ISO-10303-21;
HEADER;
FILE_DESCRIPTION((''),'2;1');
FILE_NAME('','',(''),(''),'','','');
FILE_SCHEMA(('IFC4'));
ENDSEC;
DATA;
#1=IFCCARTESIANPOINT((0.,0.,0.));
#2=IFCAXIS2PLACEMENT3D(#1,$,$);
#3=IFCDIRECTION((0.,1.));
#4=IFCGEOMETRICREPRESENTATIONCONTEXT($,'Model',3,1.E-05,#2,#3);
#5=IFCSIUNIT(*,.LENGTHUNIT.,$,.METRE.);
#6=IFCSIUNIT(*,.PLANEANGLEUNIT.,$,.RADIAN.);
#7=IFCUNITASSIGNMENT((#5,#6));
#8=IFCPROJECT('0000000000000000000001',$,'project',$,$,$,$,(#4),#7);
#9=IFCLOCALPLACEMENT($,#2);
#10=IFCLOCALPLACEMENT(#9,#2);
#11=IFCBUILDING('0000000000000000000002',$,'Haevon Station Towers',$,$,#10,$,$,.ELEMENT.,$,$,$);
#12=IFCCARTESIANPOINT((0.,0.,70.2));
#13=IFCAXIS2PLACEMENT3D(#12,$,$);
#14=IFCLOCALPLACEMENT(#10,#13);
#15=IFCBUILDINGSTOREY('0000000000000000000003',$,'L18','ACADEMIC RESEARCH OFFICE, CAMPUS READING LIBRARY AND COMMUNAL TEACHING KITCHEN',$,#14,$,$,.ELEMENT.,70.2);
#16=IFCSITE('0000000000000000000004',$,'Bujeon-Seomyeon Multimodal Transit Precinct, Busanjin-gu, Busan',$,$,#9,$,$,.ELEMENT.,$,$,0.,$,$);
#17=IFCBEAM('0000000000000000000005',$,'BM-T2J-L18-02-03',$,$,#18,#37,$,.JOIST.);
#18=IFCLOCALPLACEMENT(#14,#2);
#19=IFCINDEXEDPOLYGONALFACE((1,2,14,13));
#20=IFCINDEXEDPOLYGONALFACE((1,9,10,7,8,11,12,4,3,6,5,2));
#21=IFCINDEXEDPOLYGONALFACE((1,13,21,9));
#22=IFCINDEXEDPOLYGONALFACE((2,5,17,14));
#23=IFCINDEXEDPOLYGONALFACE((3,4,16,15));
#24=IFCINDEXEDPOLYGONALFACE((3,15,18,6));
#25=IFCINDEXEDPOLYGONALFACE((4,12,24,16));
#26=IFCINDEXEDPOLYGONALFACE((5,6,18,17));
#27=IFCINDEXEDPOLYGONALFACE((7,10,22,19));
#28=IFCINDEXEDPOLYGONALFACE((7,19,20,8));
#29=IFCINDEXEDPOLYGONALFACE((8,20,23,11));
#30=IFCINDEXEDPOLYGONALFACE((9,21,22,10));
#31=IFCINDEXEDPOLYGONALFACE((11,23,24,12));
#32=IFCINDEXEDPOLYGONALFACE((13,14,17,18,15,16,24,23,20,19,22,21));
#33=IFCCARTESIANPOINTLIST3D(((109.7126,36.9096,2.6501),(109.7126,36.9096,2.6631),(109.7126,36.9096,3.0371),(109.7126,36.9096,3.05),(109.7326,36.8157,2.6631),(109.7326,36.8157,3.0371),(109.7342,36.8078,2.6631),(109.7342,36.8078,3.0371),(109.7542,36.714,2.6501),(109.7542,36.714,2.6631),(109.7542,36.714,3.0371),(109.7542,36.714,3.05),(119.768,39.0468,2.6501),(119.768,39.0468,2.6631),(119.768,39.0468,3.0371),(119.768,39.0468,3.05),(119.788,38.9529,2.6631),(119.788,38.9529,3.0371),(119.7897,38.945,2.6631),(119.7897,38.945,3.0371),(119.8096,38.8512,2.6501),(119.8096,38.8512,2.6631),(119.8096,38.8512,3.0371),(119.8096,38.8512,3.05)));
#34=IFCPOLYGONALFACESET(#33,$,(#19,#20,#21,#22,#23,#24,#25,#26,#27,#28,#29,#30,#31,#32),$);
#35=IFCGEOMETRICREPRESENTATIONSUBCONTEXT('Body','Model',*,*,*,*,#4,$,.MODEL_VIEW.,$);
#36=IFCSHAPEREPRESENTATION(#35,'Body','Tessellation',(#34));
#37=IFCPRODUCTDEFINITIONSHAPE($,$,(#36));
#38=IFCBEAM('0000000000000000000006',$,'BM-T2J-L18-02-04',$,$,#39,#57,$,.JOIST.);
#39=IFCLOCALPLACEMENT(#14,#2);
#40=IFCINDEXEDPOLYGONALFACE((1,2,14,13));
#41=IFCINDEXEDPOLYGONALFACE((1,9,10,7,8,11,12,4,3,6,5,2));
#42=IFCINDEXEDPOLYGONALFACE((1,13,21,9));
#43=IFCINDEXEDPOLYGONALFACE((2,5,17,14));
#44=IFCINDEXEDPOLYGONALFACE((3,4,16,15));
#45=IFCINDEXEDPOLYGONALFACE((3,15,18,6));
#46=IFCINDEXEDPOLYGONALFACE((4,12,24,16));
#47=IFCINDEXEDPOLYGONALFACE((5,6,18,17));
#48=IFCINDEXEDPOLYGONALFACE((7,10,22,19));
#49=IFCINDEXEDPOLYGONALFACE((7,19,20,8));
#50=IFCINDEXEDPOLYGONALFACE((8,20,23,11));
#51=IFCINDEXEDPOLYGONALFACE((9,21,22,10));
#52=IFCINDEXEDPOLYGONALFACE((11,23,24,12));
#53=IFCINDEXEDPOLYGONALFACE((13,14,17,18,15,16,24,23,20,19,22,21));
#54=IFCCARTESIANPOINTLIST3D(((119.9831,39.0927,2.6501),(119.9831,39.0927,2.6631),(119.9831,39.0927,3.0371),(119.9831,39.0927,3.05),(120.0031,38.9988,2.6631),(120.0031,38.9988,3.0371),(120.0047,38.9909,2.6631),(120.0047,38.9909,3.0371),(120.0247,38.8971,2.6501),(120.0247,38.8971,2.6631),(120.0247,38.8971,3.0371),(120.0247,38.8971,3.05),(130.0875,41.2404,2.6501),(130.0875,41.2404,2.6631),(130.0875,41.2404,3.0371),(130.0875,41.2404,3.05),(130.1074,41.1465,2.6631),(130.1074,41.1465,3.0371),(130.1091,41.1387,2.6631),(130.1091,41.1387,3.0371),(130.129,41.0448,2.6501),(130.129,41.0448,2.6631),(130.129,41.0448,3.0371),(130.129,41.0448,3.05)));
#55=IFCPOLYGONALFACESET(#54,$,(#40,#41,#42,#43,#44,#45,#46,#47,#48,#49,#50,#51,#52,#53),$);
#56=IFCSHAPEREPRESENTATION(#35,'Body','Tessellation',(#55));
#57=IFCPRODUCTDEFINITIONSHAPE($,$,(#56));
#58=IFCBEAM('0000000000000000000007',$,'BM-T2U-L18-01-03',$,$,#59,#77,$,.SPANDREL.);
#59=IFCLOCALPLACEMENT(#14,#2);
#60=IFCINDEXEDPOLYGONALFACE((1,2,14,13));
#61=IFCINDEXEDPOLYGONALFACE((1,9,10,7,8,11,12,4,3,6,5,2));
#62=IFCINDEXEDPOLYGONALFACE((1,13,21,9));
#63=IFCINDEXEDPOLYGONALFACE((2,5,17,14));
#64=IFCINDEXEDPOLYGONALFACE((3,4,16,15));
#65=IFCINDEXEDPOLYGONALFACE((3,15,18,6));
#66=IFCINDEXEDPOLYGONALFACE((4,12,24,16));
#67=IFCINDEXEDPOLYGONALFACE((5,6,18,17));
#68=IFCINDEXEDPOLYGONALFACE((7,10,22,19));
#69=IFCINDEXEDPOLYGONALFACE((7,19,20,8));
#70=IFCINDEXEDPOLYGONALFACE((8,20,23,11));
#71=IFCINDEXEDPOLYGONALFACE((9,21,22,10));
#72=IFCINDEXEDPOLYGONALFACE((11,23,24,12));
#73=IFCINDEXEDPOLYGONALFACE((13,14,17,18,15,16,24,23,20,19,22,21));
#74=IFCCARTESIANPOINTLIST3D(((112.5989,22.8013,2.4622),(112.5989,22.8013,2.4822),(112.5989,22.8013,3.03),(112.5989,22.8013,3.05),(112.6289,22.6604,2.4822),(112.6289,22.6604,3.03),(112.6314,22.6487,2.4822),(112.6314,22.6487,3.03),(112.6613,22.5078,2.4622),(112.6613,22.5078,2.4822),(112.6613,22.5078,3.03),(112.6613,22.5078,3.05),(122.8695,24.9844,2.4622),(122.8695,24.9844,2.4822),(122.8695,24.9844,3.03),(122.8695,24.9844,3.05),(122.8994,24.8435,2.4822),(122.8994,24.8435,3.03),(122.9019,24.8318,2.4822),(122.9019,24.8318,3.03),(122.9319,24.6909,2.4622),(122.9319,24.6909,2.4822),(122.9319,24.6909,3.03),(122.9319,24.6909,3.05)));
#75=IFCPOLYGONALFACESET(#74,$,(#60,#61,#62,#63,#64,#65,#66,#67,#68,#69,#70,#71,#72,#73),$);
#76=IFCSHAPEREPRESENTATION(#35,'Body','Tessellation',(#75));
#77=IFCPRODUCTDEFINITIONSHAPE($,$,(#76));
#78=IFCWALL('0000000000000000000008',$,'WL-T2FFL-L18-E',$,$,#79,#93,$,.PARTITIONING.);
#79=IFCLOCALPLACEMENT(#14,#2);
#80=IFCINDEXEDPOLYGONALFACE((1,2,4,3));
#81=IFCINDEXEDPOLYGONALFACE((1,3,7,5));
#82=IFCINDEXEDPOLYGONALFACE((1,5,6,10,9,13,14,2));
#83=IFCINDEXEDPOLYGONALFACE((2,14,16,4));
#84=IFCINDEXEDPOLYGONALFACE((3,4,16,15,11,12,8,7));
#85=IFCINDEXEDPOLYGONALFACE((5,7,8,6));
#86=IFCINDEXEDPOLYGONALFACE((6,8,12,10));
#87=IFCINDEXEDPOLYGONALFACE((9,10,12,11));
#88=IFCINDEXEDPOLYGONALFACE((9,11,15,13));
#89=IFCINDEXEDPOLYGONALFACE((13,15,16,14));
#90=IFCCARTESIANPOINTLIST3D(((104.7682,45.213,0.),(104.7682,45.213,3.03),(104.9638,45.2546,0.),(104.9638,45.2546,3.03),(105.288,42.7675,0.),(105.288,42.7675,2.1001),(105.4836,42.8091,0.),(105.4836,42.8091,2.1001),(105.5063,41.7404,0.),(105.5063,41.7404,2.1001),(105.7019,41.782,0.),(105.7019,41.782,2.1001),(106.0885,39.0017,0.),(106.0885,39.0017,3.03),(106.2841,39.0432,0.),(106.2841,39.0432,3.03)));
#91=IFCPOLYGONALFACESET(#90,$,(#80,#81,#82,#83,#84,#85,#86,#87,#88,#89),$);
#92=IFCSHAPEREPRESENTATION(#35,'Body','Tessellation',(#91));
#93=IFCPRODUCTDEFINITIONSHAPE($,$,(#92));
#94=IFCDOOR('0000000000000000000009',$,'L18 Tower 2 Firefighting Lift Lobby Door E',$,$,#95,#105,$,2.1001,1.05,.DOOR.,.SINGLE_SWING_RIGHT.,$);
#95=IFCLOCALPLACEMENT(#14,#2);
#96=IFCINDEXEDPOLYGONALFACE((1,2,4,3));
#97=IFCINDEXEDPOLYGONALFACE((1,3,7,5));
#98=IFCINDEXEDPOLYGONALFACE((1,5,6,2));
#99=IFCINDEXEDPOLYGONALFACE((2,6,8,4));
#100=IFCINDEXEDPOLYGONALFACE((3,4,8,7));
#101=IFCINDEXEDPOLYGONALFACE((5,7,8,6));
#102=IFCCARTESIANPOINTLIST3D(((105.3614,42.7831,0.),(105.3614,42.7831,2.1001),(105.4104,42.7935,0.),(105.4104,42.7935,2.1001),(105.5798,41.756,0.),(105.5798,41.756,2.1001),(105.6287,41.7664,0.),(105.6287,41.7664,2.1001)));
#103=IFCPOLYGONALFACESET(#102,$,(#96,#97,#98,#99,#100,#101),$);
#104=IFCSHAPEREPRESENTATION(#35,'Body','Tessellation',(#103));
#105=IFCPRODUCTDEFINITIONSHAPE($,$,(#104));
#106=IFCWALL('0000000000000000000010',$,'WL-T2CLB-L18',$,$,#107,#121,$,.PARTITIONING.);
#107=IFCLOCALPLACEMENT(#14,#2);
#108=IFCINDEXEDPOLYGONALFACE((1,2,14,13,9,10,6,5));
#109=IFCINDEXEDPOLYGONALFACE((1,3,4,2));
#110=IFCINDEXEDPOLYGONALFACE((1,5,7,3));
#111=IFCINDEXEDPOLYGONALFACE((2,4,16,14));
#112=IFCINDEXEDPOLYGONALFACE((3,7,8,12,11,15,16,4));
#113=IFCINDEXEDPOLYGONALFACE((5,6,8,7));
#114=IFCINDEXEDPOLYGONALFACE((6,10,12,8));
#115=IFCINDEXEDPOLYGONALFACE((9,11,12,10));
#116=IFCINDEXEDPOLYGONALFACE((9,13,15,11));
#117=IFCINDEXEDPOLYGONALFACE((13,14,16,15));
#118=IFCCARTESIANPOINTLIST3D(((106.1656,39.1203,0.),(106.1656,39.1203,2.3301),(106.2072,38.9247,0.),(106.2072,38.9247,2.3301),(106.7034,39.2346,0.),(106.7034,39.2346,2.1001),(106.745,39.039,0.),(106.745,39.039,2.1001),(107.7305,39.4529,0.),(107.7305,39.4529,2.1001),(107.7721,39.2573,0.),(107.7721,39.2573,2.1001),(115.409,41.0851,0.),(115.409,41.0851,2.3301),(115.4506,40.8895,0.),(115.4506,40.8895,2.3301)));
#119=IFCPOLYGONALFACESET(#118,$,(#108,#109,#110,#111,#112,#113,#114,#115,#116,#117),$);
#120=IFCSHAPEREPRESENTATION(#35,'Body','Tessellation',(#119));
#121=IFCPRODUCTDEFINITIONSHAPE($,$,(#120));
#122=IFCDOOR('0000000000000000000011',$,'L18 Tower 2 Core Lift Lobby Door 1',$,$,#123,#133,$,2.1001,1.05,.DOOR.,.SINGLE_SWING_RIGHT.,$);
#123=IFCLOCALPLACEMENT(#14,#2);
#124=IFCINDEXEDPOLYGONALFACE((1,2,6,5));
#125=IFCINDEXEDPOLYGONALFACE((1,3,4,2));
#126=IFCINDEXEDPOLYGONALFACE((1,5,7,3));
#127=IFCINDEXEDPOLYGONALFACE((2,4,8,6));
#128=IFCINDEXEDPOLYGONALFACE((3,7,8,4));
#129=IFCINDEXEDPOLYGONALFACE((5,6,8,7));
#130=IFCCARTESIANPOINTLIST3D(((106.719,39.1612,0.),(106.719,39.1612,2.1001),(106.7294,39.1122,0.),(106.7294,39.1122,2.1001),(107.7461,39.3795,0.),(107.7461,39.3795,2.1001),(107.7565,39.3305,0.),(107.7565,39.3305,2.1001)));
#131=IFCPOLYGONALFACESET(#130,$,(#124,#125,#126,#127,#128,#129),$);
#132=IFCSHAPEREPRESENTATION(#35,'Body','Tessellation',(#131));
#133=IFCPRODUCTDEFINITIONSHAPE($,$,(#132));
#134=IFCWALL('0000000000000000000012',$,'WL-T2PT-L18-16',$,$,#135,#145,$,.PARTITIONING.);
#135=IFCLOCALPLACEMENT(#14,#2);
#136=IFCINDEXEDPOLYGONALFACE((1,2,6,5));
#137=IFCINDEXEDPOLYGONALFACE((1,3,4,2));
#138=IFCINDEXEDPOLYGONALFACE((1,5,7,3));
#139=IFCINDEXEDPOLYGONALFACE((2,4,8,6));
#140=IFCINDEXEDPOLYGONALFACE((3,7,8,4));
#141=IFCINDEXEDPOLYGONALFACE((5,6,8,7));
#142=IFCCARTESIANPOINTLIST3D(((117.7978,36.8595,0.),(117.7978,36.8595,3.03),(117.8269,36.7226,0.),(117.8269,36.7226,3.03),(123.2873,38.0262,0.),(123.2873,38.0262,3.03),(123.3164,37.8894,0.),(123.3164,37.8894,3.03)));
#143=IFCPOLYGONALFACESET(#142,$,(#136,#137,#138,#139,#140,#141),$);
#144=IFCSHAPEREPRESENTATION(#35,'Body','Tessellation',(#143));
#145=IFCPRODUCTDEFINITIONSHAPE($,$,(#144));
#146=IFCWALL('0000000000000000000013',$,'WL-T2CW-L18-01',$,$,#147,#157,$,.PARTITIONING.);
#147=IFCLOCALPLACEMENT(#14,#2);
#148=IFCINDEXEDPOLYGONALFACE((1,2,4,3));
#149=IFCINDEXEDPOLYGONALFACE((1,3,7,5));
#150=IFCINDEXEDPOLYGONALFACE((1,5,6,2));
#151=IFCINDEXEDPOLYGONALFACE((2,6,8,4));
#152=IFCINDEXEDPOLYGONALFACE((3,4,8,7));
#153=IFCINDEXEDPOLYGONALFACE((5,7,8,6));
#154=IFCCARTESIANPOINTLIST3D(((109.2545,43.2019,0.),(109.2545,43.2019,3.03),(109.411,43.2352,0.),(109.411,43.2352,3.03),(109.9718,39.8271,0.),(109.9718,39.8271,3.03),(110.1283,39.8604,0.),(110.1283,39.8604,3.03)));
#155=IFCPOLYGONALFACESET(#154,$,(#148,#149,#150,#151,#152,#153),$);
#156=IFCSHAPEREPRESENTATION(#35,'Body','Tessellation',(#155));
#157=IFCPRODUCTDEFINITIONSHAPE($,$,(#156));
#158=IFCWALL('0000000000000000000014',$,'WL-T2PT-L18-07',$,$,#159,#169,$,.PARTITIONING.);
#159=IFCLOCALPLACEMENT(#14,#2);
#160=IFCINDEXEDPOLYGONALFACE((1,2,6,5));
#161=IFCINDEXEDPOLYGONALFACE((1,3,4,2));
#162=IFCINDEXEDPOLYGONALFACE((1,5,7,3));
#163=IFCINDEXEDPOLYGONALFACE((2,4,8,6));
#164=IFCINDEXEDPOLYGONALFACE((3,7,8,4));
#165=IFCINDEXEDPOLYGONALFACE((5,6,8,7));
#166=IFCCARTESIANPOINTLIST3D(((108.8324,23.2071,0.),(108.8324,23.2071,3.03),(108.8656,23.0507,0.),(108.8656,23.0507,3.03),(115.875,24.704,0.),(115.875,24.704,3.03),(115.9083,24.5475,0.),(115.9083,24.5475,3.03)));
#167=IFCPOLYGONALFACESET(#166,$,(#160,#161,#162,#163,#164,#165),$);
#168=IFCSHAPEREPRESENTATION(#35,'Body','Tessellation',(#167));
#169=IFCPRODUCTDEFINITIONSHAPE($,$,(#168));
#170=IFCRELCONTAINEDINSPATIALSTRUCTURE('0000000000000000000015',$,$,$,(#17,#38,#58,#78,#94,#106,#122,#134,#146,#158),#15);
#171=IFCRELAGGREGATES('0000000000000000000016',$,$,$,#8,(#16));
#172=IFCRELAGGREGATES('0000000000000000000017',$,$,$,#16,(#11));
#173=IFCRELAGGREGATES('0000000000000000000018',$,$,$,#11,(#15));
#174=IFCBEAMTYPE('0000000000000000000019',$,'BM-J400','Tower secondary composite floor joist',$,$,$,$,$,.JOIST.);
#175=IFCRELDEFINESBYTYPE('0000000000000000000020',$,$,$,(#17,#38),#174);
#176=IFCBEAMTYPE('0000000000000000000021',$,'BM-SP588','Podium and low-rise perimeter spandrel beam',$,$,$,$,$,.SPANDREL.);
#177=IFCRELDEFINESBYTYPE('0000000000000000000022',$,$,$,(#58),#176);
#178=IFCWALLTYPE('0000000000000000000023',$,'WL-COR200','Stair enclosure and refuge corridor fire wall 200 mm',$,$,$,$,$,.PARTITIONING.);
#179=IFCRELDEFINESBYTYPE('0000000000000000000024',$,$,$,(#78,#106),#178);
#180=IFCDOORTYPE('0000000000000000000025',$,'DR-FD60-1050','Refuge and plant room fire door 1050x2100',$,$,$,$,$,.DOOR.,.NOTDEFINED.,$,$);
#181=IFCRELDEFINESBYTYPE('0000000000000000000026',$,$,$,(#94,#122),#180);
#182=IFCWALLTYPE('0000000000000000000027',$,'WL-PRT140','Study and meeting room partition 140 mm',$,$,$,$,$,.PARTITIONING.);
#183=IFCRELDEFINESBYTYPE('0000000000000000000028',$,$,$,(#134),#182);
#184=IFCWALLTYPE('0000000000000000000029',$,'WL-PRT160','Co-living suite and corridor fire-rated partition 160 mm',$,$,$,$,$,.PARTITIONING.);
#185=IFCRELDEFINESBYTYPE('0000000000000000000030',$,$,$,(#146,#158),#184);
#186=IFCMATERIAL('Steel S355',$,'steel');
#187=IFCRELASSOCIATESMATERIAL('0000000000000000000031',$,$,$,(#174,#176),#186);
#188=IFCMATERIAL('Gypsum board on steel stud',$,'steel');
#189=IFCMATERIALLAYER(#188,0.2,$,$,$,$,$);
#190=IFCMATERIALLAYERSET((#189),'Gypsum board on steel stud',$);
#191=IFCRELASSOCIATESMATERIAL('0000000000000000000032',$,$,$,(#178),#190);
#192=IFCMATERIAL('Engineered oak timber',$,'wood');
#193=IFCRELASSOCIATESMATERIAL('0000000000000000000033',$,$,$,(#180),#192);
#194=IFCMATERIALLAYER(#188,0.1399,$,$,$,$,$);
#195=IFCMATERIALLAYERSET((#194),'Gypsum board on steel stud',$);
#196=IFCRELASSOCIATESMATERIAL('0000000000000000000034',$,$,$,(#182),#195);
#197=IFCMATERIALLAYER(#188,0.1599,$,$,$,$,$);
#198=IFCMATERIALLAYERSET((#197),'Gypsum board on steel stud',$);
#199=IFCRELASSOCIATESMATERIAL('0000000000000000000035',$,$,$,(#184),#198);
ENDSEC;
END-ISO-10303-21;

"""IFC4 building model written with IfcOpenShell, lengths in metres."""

from ifc_helpers import new_model, si_unit, direction, frame, frame_2d, origin, origin_2d, place, context, subcontext, project, spatial, rectangle, i_section, extrude, material, layer, layer_set, material_profile, profile_set, type_object, element, fill, save


model = new_model("IFC4")

# Units and contexts
model_context = context("Model", 3, precision=1e-05, world=origin(), true_north=direction((0.0, 1.0)))
body_context = subcontext(model_context, "Body", "Model", "MODEL_VIEW")
ifc_project = project(units=[si_unit("LENGTHUNIT", "METRE"), si_unit("PLANEANGLEUNIT", "RADIAN")], contexts=[model_context])

# Site, building, storey
site_placement = place(None, origin())
site = spatial("IfcSite", under=ifc_project, at=site_placement, Name="Bujeon-Seomyeon Multimodal Transit Precinct, Busanjin-gu, Busan", CompositionType="ELEMENT", RefElevation=0.0)
building_placement = place(site_placement, origin())
building = spatial("IfcBuilding", under=site, at=building_placement, Name="Haevon Station Towers", CompositionType="ELEMENT")
storey_placement = place(building_placement, frame((0.0, 0.0, 70.2)))
storey = spatial("IfcBuildingStorey", under=building, at=storey_placement, Name="L18", Description="ACADEMIC RESEARCH OFFICE, CAMPUS READING LIBRARY AND COMMUNAL TEACHING KITCHEN", CompositionType="ELEMENT", Elevation=70.2)

# Beams
ifc_material_1 = material(Name="Steel S355", Category="steel")
ifc_material_profile_1 = material_profile(ifc_material_1, i_section(OverallWidth=0.2, OverallDepth=0.3999, WebThickness=0.0081, FlangeThickness=0.0129, at=origin_2d()), Name="H-400x200x8x13")
ifc_profile_set_1 = profile_set([ifc_material_profile_1], Name="Steel S355")
beam_type_1 = type_object("IfcBeamType", Name="BM-J400", Description="Tower secondary composite floor joist", PredefinedType="JOIST", material=ifc_profile_set_1)
for number, where, z_axis, x_axis, name in (
    (1, (109.7334, 36.8118, 2.8501), (0.97815, 0.207899, 0.0), (-0.207899, 0.97815, 0.0), "BM-T2J-L18-02-03"),
):
    element("IfcBeam", number, at=place(storey_placement, frame(where, z_axis=z_axis, x_axis=x_axis)), inside=storey, type_object=beam_type_1, Name=name, PredefinedType="JOIST", context=body_context, shape_type="SweptSolid", body=[
        extrude(i_section(OverallWidth=0.2, OverallDepth=0.3999, WebThickness=0.0081, FlangeThickness=0.0129, at=origin_2d()), origin(), (0.0, 0.0, 1.0), 10.28),
    ])
beam_1_placement = place(storey_placement, frame((120.0039, 38.9949, 2.8501), z_axis=(0.978148, 0.20791, 0.0), x_axis=(-0.20791, 0.978148, 0.0)))
element("IfcBeam", 2, at=beam_1_placement, inside=storey, type_object=beam_type_1, Name="BM-T2J-L18-02-04", PredefinedType="JOIST", context=body_context, shape_type="SweptSolid", body=[
    extrude(i_section(OverallWidth=0.2, OverallDepth=0.3999, WebThickness=0.0081, FlangeThickness=0.0129, at=origin_2d()), origin(), (0.0, 0.0, 1.0), 10.3301),
])
ifc_material_profile_2 = material_profile(ifc_material_1, i_section(OverallWidth=0.3, OverallDepth=0.5879, WebThickness=0.012, FlangeThickness=0.02, at=origin_2d()), Name="H-588x300x12x20")
ifc_profile_set_2 = profile_set([ifc_material_profile_2], Name="Steel S355")
beam_type_2 = type_object("IfcBeamType", Name="BM-SP588", Description="Podium and low-rise perimeter spandrel beam", PredefinedType="SPANDREL", material=ifc_profile_set_2)
beam_2_placement = place(storey_placement, frame((112.6301, 22.6545, 2.7561), z_axis=(0.978147, 0.207915, 0.0), x_axis=(-0.207915, 0.978147, 0.0)))
element("IfcBeam", 3, at=beam_2_placement, inside=storey, type_object=beam_type_2, Name="BM-T2U-L18-01-03", PredefinedType="SPANDREL", context=body_context, shape_type="SweptSolid", body=[
    extrude(i_section(OverallWidth=0.3, OverallDepth=0.5879, WebThickness=0.012, FlangeThickness=0.02, at=origin_2d()), origin(), (0.0, 0.0, 1.0), 10.5),
])

# Walls, openings, doors
ifc_material_2 = material(Name="Gypsum board on steel stud", Category="steel")
ifc_layer_1 = layer(ifc_material_2, 0.2)
ifc_layer_set_1 = layer_set([ifc_layer_1], Name="Gypsum board on steel stud")
wall_type_1 = type_object("IfcWallType", Name="WL-COR200", Description="Stair enclosure and refuge corridor fire wall 200 mm", PredefinedType="PARTITIONING", material=ifc_layer_set_1)
wall_1_placement = place(storey_placement, frame((106.1863, 39.0225, 0.0), z_axis=(0.0, 0.0, 1.0), x_axis=(-0.207917, 0.978147, 0.0)))
wall_1 = element("IfcWall", 4, at=wall_1_placement, inside=storey, type_object=wall_type_1, Name="WL-T2FFL-L18-E", PredefinedType="PARTITIONING", context=body_context, shape_type="SweptSolid", body=[
    extrude(rectangle(XDim=6.3501, YDim=0.2, at=frame_2d((3.175, 0.0))), origin(), (0.0, 0.0, 1.0), 3.03),
])
opening_1_placement = place(wall_1_placement, frame((2.8, 0.0, 0.0)))
opening_1 = element("IfcOpeningElement", 5, at=opening_1_placement, cuts=wall_1, PredefinedType="OPENING", context=body_context, shape_type="SweptSolid", body=[
    extrude(rectangle(XDim=1.05, YDim=2.1001, at=frame_2d((0.5249, 1.05))), frame((0.0, 0.1099, 0.0), z_axis=(0.0, -1.0, 0.0), x_axis=(1.0, 0.0, 0.0)), (0.0, 0.0, 1.0), 0.22),
])
ifc_material_3 = material(Name="Engineered oak timber", Category="wood")
door_type = type_object("IfcDoorType", Name="DR-FD60-1050", Description="Refuge and plant room fire door 1050x2100", OperationType="NOTDEFINED", PredefinedType="DOOR", material=ifc_material_3)
door_1_placement = place(opening_1_placement, origin())
door_1 = element("IfcDoor", 6, at=door_1_placement, inside=storey, type_object=door_type, Name="L18 Tower 2 Firefighting Lift Lobby Door E", OperationType="SINGLE_SWING_RIGHT", OverallHeight=2.1001, OverallWidth=1.05, PredefinedType="DOOR", context=body_context, shape_type="SweptSolid", body=[
    extrude(rectangle(XDim=1.05, YDim=2.1001, at=frame_2d((0.5249, 1.05))), frame((0.0, 0.0249, 0.0), z_axis=(0.0, -1.0, 0.0), x_axis=(1.0, 0.0, 0.0)), (0.0, 0.0, 1.0), 0.05),
])
fill(opening_1, door_1)
wall_2_placement = place(storey_placement, frame((106.1863, 39.0225, 0.0), z_axis=(0.0, 0.0, 1.0), x_axis=(0.978146, 0.207921, 0.0)))
wall_2 = element("IfcWall", 7, at=wall_2_placement, inside=storey, type_object=wall_type_1, Name="WL-T2CLB-L18", PredefinedType="PARTITIONING", context=body_context, shape_type="SweptSolid", body=[
    extrude(rectangle(XDim=9.45, YDim=0.2, at=frame_2d((4.7251, 0.0))), origin(), (0.0, 0.0, 1.0), 2.3301),
])
opening_2_placement = place(wall_2_placement, frame((0.55, 0.0, 0.0)))
opening_2 = element("IfcOpeningElement", 8, at=opening_2_placement, cuts=wall_2, PredefinedType="OPENING", context=body_context, shape_type="SweptSolid", body=[
    extrude(rectangle(XDim=1.05, YDim=2.1001, at=frame_2d((0.5249, 1.05))), frame((0.0, 0.1099, 0.0), z_axis=(0.0, -1.0, 0.0), x_axis=(1.0, 0.0, 0.0)), (0.0, 0.0, 1.0), 0.22),
])
door_2_placement = place(opening_2_placement, origin())
door_2 = element("IfcDoor", 9, at=door_2_placement, inside=storey, type_object=door_type, Name="L18 Tower 2 Core Lift Lobby Door 1", OperationType="SINGLE_SWING_RIGHT", OverallHeight=2.1001, OverallWidth=1.05, PredefinedType="DOOR", context=body_context, shape_type="SweptSolid", body=[
    extrude(rectangle(XDim=1.05, YDim=2.1001, at=frame_2d((0.5249, 1.05))), frame((0.0, 0.0249, 0.0), z_axis=(0.0, -1.0, 0.0), x_axis=(1.0, 0.0, 0.0)), (0.0, 0.0, 1.0), 0.05),
])
fill(opening_2, door_2)

# Walls
ifc_layer_2 = layer(ifc_material_2, 0.1399)
ifc_layer_set_2 = layer_set([ifc_layer_2], Name="Gypsum board on steel stud")
wall_type_2 = type_object("IfcWallType", Name="WL-PRT140", Description="Study and meeting room partition 140 mm", PredefinedType="PARTITIONING", material=ifc_layer_set_2)
wall_3_placement = place(storey_placement, frame((117.8123, 36.791, 0.0), z_axis=(0.0, 0.0, 1.0), x_axis=(0.978151, 0.207898, 0.0)))
element("IfcWall", 10, at=wall_3_placement, inside=storey, type_object=wall_type_2, Name="WL-T2PT-L18-16", PredefinedType="PARTITIONING", context=body_context, shape_type="SweptSolid", body=[
    extrude(rectangle(XDim=5.6121, YDim=0.1399, at=frame_2d((2.8062, 0.0))), origin(), (0.0, 0.0, 1.0), 3.03),
])
ifc_layer_3 = layer(ifc_material_2, 0.1599)
ifc_layer_set_3 = layer_set([ifc_layer_3], Name="Gypsum board on steel stud")
wall_type_3 = type_object("IfcWallType", Name="WL-PRT160", Description="Co-living suite and corridor fire-rated partition 160 mm", PredefinedType="PARTITIONING", material=ifc_layer_set_3)
wall_4_placement = place(storey_placement, frame((110.05, 39.8438, 0.0), z_axis=(0.0, 0.0, 1.0), x_axis=(-0.2079, 0.97815, 0.0)))
element("IfcWall", 11, at=wall_4_placement, inside=storey, type_object=wall_type_3, Name="WL-T2CW-L18-01", PredefinedType="PARTITIONING", context=body_context, shape_type="SweptSolid", body=[
    extrude(rectangle(XDim=3.4502, YDim=0.1599, at=frame_2d((1.7251, 0.0))), origin(), (0.0, 0.0, 1.0), 3.03),
])
for number, where, z_axis, x_axis, name in (
    (12, (108.8489, 23.1289, 0.0), (0.0, 0.0, 1.0), (0.978152, 0.207892, 0.0), "WL-T2PT-L18-07"),
):
    element("IfcWall", number, at=place(storey_placement, frame(where, z_axis=z_axis, x_axis=x_axis)), inside=storey, type_object=wall_type_3, Name=name, PredefinedType="PARTITIONING", context=body_context, shape_type="SweptSolid", body=[
        extrude(rectangle(XDim=7.2, YDim=0.1599, at=frame_2d((3.6001, 0.0))), origin(), (0.0, 0.0, 1.0), 3.03),
    ])

save(model, "model.ifc")
